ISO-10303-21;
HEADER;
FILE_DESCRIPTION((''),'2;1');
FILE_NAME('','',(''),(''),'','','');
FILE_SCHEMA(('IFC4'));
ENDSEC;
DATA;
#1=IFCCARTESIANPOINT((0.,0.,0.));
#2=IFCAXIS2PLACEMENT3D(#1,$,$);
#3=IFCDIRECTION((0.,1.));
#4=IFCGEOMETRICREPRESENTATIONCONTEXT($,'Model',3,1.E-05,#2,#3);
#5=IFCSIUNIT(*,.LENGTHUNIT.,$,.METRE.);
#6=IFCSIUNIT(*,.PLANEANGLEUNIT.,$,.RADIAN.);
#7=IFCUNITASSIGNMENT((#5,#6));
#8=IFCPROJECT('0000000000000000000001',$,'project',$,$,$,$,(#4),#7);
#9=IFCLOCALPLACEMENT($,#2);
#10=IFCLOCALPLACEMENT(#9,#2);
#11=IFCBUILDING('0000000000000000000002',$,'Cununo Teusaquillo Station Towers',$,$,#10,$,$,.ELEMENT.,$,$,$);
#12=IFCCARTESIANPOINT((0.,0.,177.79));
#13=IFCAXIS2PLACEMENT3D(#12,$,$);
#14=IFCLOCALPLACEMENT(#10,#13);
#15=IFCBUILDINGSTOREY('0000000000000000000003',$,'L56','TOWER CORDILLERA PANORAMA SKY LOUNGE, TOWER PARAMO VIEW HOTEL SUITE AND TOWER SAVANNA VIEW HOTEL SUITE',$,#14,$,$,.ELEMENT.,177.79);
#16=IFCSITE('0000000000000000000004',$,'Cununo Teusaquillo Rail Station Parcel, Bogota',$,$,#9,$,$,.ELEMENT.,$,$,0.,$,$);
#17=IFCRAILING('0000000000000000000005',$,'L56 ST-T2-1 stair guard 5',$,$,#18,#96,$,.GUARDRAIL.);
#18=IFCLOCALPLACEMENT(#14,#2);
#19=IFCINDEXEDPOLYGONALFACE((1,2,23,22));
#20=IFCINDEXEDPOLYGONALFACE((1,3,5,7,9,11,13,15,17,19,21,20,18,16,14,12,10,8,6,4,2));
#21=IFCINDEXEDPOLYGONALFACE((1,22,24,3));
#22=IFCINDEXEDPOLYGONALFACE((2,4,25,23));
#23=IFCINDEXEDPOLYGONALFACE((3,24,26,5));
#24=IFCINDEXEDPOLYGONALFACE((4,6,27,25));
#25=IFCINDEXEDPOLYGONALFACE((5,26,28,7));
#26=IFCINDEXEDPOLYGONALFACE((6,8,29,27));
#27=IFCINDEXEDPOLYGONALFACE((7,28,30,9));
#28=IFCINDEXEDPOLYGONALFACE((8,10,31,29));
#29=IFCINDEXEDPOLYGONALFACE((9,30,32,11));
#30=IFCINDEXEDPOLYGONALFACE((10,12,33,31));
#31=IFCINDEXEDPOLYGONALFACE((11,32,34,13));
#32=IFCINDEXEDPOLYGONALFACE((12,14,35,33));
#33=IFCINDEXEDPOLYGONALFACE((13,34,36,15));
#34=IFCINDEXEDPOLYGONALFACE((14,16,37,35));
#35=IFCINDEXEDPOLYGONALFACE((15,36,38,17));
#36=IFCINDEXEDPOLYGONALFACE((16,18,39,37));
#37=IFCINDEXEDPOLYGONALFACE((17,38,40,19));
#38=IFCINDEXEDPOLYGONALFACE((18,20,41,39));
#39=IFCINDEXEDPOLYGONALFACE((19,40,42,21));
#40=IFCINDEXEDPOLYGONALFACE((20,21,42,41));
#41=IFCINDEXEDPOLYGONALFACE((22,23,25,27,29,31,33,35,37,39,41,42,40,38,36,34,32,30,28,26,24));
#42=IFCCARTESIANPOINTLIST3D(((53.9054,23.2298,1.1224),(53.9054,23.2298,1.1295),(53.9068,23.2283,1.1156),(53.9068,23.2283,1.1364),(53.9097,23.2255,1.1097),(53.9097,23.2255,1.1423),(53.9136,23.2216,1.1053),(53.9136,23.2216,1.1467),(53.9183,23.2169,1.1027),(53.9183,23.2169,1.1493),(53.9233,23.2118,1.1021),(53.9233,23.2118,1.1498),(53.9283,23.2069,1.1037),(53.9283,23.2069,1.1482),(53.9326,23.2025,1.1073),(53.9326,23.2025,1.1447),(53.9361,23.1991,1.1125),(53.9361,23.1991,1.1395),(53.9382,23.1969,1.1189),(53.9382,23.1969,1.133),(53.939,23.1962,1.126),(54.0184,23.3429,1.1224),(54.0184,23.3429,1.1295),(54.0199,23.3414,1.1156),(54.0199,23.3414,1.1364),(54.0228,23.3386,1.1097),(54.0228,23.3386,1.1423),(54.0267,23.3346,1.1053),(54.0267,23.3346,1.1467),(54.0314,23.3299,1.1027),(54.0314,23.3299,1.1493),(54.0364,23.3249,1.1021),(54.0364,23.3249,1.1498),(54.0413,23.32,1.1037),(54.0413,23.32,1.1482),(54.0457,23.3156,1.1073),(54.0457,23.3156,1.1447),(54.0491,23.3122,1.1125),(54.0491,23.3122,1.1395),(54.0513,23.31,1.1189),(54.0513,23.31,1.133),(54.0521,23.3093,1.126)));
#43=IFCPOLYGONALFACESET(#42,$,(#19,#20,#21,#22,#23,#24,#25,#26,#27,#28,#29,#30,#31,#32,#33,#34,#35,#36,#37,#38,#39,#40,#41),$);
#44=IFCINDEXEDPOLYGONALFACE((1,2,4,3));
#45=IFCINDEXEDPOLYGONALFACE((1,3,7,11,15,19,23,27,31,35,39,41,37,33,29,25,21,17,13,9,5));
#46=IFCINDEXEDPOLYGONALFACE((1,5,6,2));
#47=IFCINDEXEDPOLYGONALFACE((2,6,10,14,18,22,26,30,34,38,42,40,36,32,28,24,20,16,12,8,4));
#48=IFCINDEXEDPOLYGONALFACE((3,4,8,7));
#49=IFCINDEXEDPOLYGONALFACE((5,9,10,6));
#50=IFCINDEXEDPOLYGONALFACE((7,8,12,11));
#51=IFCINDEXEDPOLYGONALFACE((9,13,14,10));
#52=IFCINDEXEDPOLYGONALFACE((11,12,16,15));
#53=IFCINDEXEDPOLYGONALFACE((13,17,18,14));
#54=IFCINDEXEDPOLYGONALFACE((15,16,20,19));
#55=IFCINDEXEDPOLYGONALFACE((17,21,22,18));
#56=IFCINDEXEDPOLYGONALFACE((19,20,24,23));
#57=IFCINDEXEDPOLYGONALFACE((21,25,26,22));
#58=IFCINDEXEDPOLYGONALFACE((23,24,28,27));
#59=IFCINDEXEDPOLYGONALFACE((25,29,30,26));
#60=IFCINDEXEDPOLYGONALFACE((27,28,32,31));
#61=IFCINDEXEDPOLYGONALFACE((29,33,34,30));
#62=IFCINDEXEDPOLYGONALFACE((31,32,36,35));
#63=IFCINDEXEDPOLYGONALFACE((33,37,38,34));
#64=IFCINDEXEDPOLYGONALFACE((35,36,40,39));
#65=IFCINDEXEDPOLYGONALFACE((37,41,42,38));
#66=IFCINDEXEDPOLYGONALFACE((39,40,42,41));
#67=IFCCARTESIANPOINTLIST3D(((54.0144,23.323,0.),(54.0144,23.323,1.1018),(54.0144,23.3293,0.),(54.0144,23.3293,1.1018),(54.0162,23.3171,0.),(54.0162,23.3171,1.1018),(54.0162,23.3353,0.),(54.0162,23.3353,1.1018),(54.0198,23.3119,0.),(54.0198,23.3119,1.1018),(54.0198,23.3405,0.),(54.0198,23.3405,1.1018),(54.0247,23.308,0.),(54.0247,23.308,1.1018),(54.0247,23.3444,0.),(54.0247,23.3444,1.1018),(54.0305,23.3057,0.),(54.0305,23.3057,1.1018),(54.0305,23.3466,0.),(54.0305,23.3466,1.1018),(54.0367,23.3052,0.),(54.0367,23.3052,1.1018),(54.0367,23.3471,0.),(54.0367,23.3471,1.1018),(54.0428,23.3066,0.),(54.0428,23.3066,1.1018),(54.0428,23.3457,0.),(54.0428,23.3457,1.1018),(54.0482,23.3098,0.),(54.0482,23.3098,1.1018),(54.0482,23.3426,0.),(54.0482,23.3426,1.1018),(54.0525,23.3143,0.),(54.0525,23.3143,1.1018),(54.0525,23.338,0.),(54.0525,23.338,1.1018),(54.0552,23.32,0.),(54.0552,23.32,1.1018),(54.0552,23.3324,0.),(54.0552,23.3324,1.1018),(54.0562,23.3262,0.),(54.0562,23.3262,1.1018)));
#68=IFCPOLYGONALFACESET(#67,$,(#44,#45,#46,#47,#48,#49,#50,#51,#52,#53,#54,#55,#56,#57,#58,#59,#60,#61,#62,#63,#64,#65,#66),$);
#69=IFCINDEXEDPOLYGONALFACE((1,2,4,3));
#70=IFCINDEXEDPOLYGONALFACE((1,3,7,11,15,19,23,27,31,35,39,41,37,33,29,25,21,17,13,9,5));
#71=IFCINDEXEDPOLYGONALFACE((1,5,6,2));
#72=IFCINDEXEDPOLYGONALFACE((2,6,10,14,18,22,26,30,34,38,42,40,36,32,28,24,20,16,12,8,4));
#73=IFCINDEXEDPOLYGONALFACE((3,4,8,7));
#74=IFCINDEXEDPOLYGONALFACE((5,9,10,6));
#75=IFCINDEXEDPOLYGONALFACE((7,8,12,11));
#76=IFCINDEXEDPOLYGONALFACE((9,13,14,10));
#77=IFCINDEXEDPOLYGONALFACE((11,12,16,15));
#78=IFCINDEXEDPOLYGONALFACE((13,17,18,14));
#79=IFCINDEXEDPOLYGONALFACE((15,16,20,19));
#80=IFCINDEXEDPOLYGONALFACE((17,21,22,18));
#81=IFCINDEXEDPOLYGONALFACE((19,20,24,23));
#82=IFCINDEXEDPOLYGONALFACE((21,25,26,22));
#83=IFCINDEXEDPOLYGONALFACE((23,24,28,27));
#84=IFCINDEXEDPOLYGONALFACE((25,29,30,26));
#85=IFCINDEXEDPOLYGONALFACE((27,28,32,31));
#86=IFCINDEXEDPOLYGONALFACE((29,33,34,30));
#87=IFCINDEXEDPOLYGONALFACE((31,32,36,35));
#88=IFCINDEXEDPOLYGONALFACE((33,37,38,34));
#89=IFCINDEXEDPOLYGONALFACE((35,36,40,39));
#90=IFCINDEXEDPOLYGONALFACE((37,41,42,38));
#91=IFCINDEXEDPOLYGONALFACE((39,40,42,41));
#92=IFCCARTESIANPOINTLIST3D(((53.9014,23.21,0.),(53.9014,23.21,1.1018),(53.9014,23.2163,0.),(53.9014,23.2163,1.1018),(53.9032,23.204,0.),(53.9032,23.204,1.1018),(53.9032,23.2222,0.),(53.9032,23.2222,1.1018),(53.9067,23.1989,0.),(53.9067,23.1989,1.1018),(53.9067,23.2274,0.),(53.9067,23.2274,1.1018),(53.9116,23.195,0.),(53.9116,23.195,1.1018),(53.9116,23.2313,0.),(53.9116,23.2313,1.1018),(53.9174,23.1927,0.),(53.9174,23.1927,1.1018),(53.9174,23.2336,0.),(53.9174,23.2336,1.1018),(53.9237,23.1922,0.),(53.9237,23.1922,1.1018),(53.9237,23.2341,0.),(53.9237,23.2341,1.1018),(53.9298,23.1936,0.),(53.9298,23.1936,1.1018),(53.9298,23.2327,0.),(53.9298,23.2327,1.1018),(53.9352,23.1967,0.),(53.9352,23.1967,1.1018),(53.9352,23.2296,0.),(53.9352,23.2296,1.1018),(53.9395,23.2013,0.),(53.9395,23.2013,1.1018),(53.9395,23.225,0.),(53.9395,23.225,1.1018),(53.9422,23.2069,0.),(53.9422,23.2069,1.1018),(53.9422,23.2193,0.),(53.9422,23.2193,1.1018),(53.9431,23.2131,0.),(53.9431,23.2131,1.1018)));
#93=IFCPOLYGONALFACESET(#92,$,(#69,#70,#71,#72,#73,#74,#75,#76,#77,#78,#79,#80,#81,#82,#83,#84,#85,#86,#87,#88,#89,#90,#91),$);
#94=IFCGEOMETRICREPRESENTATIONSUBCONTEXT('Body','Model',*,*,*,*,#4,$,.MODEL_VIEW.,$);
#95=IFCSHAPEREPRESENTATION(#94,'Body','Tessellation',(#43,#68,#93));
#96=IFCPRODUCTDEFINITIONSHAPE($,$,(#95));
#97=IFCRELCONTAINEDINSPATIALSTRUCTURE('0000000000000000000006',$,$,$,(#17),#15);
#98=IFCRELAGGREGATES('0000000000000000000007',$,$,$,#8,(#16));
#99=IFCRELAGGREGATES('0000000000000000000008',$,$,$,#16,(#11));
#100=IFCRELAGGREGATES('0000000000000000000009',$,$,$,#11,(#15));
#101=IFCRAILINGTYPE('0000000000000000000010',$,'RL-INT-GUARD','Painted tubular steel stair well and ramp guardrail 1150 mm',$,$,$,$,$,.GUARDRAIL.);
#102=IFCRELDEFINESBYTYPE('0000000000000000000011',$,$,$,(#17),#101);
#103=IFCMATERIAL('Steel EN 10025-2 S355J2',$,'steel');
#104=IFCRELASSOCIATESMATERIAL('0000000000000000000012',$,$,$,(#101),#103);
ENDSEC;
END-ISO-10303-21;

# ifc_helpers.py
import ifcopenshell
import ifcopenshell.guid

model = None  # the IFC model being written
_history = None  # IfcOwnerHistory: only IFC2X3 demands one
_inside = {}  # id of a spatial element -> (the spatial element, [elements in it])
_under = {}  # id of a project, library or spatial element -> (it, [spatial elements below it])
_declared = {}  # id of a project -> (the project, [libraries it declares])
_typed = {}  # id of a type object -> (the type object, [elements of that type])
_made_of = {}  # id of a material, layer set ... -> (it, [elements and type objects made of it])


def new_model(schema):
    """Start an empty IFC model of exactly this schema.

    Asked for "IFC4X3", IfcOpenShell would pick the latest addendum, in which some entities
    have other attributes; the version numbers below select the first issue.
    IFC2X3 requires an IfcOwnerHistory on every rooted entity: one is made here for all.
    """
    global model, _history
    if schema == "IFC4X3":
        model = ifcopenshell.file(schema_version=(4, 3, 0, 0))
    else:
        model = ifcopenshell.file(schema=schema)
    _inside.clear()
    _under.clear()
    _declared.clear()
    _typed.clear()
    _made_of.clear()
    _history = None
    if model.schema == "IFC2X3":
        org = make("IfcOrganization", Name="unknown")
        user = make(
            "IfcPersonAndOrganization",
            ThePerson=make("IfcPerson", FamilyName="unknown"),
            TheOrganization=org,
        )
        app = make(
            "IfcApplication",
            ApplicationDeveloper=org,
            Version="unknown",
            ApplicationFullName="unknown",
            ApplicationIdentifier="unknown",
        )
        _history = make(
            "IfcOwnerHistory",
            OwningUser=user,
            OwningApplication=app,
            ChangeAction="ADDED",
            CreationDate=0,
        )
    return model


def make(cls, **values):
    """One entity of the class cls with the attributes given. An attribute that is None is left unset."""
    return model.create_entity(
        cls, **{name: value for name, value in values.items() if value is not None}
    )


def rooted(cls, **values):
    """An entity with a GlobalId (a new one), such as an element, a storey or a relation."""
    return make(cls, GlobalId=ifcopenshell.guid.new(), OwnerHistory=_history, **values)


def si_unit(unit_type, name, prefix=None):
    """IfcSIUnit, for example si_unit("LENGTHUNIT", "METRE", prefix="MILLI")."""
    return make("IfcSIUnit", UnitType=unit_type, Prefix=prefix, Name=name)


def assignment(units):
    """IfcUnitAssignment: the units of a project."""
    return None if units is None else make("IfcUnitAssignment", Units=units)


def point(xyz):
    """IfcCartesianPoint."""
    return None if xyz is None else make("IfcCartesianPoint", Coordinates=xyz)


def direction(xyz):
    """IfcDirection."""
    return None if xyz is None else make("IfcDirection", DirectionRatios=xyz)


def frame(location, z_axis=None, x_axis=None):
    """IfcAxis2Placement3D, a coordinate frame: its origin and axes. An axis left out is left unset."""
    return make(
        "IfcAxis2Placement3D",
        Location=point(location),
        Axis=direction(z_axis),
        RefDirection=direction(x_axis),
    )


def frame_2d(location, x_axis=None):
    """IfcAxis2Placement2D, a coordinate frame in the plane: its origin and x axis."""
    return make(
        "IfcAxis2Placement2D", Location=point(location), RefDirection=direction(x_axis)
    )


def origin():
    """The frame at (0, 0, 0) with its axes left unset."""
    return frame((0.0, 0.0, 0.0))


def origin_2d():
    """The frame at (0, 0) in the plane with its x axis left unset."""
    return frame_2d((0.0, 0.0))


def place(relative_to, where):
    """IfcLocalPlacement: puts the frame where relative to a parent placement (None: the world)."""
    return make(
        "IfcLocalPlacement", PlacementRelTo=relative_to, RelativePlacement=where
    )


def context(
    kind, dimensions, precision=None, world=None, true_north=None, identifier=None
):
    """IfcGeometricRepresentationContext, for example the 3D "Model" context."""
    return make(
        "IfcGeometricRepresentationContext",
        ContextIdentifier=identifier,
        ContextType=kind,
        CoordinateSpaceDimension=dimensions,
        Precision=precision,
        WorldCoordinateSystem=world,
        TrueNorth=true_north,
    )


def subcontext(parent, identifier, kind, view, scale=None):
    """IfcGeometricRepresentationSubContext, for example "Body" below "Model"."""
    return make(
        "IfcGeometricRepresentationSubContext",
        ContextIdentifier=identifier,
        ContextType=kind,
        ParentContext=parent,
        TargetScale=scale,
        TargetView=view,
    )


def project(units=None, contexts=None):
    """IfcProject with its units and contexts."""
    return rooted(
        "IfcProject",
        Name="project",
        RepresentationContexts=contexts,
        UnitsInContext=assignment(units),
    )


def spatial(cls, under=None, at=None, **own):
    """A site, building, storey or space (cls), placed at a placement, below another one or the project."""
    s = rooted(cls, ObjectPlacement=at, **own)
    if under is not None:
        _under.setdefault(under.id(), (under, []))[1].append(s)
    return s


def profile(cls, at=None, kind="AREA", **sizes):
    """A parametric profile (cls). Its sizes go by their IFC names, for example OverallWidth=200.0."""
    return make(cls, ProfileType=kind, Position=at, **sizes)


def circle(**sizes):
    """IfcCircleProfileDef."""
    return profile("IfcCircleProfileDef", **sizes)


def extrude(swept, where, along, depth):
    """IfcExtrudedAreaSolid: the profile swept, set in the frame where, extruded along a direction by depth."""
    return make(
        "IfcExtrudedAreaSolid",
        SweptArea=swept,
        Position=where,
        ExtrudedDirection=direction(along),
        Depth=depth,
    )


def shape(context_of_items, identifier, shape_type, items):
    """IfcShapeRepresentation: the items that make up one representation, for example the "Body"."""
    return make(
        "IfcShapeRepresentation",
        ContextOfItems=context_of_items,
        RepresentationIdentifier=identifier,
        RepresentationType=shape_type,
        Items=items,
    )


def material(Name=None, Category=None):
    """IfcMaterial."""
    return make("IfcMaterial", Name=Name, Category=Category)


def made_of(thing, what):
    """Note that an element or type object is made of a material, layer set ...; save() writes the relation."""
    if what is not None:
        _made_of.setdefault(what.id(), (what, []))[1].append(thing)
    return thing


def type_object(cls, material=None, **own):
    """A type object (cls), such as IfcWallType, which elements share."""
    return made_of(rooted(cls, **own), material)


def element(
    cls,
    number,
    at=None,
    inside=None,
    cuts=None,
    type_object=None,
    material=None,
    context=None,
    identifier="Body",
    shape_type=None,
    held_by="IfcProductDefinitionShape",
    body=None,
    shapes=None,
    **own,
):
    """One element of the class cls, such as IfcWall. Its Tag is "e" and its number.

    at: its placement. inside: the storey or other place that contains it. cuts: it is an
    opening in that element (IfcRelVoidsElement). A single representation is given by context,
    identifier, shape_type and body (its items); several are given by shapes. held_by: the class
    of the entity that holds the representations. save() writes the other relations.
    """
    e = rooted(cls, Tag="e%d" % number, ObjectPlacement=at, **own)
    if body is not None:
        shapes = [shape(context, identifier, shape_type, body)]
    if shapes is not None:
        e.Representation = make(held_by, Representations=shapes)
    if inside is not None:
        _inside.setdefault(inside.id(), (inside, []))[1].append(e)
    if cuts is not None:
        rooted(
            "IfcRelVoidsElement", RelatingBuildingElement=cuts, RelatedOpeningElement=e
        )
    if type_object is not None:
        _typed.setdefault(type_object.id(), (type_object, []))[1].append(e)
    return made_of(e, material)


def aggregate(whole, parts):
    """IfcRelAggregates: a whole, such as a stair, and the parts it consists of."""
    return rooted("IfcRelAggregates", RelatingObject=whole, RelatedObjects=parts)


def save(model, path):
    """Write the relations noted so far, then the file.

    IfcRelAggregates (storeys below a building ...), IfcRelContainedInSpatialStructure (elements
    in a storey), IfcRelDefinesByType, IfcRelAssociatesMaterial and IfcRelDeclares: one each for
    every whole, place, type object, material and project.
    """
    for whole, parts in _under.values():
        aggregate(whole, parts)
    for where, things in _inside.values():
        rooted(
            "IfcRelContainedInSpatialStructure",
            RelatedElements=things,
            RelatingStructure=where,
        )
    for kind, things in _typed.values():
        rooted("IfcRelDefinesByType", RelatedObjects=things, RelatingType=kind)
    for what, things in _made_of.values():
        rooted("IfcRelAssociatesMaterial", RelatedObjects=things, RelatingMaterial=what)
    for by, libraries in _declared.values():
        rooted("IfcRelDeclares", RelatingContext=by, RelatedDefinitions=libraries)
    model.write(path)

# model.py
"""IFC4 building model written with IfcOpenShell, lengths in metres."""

from ifc_helpers import new_model, si_unit, direction, frame, origin, origin_2d, place, context, subcontext, project, spatial, circle, extrude, material, type_object, element, save


model = new_model("IFC4")

# Units and contexts
model_context = context("Model", 3, precision=1e-05, world=origin(), true_north=direction((0.0, 1.0)))
body_context = subcontext(model_context, "Body", "Model", "MODEL_VIEW")
ifc_project = project(units=[si_unit("LENGTHUNIT", "METRE"), si_unit("PLANEANGLEUNIT", "RADIAN")], contexts=[model_context])

# Site, building, storey
site_placement = place(None, origin())
site = spatial("IfcSite", under=ifc_project, at=site_placement, Name="Cununo Teusaquillo Rail Station Parcel, Bogota", CompositionType="ELEMENT", RefElevation=0.0)
building_placement = place(site_placement, origin())
building = spatial("IfcBuilding", under=site, at=building_placement, Name="Cununo Teusaquillo Station Towers", CompositionType="ELEMENT")
storey_placement = place(building_placement, frame((0.0, 0.0, 177.79)))
storey = spatial("IfcBuildingStorey", under=building, at=storey_placement, Name="L56", Description="TOWER CORDILLERA PANORAMA SKY LOUNGE, TOWER PARAMO VIEW HOTEL SUITE AND TOWER SAVANNA VIEW HOTEL SUITE", CompositionType="ELEMENT", Elevation=177.79)

# Railing
ifc_material_1 = material(Name="Steel EN 10025-2 S355J2", Category="steel")
railing_type_1 = type_object("IfcRailingType", Name="RL-INT-GUARD", Description="Painted tubular steel stair well and ramp guardrail 1150 mm", PredefinedType="GUARDRAIL", material=ifc_material_1)
railing_1_placement = place(storey_placement, frame((54.0352, 23.3262, 0.0)))
element("IfcRailing", 1, at=railing_1_placement, inside=storey, type_object=railing_type_1, Name="L56 ST-T2-1 stair guard 5", PredefinedType="GUARDRAIL", context=body_context, shape_type="SweptSolid", body=[
    extrude(circle(Radius=0.0239, at=origin_2d()), frame((0.0, 0.0, 1.126), z_axis=(-0.707107, -0.707107, 0.0), x_axis=(0.707107, -0.707107, 0.0)), (0.0, 0.0, 1.0), 0.1599),
    extrude(circle(Radius=0.021, at=origin_2d()), origin(), (0.0, 0.0, 1.0), 1.1018),
    extrude(circle(Radius=0.021, at=origin_2d()), frame((-0.113, -0.113, 0.0)), (0.0, 0.0, 1.0), 1.1018),
])

save(model, "model.ifc")
